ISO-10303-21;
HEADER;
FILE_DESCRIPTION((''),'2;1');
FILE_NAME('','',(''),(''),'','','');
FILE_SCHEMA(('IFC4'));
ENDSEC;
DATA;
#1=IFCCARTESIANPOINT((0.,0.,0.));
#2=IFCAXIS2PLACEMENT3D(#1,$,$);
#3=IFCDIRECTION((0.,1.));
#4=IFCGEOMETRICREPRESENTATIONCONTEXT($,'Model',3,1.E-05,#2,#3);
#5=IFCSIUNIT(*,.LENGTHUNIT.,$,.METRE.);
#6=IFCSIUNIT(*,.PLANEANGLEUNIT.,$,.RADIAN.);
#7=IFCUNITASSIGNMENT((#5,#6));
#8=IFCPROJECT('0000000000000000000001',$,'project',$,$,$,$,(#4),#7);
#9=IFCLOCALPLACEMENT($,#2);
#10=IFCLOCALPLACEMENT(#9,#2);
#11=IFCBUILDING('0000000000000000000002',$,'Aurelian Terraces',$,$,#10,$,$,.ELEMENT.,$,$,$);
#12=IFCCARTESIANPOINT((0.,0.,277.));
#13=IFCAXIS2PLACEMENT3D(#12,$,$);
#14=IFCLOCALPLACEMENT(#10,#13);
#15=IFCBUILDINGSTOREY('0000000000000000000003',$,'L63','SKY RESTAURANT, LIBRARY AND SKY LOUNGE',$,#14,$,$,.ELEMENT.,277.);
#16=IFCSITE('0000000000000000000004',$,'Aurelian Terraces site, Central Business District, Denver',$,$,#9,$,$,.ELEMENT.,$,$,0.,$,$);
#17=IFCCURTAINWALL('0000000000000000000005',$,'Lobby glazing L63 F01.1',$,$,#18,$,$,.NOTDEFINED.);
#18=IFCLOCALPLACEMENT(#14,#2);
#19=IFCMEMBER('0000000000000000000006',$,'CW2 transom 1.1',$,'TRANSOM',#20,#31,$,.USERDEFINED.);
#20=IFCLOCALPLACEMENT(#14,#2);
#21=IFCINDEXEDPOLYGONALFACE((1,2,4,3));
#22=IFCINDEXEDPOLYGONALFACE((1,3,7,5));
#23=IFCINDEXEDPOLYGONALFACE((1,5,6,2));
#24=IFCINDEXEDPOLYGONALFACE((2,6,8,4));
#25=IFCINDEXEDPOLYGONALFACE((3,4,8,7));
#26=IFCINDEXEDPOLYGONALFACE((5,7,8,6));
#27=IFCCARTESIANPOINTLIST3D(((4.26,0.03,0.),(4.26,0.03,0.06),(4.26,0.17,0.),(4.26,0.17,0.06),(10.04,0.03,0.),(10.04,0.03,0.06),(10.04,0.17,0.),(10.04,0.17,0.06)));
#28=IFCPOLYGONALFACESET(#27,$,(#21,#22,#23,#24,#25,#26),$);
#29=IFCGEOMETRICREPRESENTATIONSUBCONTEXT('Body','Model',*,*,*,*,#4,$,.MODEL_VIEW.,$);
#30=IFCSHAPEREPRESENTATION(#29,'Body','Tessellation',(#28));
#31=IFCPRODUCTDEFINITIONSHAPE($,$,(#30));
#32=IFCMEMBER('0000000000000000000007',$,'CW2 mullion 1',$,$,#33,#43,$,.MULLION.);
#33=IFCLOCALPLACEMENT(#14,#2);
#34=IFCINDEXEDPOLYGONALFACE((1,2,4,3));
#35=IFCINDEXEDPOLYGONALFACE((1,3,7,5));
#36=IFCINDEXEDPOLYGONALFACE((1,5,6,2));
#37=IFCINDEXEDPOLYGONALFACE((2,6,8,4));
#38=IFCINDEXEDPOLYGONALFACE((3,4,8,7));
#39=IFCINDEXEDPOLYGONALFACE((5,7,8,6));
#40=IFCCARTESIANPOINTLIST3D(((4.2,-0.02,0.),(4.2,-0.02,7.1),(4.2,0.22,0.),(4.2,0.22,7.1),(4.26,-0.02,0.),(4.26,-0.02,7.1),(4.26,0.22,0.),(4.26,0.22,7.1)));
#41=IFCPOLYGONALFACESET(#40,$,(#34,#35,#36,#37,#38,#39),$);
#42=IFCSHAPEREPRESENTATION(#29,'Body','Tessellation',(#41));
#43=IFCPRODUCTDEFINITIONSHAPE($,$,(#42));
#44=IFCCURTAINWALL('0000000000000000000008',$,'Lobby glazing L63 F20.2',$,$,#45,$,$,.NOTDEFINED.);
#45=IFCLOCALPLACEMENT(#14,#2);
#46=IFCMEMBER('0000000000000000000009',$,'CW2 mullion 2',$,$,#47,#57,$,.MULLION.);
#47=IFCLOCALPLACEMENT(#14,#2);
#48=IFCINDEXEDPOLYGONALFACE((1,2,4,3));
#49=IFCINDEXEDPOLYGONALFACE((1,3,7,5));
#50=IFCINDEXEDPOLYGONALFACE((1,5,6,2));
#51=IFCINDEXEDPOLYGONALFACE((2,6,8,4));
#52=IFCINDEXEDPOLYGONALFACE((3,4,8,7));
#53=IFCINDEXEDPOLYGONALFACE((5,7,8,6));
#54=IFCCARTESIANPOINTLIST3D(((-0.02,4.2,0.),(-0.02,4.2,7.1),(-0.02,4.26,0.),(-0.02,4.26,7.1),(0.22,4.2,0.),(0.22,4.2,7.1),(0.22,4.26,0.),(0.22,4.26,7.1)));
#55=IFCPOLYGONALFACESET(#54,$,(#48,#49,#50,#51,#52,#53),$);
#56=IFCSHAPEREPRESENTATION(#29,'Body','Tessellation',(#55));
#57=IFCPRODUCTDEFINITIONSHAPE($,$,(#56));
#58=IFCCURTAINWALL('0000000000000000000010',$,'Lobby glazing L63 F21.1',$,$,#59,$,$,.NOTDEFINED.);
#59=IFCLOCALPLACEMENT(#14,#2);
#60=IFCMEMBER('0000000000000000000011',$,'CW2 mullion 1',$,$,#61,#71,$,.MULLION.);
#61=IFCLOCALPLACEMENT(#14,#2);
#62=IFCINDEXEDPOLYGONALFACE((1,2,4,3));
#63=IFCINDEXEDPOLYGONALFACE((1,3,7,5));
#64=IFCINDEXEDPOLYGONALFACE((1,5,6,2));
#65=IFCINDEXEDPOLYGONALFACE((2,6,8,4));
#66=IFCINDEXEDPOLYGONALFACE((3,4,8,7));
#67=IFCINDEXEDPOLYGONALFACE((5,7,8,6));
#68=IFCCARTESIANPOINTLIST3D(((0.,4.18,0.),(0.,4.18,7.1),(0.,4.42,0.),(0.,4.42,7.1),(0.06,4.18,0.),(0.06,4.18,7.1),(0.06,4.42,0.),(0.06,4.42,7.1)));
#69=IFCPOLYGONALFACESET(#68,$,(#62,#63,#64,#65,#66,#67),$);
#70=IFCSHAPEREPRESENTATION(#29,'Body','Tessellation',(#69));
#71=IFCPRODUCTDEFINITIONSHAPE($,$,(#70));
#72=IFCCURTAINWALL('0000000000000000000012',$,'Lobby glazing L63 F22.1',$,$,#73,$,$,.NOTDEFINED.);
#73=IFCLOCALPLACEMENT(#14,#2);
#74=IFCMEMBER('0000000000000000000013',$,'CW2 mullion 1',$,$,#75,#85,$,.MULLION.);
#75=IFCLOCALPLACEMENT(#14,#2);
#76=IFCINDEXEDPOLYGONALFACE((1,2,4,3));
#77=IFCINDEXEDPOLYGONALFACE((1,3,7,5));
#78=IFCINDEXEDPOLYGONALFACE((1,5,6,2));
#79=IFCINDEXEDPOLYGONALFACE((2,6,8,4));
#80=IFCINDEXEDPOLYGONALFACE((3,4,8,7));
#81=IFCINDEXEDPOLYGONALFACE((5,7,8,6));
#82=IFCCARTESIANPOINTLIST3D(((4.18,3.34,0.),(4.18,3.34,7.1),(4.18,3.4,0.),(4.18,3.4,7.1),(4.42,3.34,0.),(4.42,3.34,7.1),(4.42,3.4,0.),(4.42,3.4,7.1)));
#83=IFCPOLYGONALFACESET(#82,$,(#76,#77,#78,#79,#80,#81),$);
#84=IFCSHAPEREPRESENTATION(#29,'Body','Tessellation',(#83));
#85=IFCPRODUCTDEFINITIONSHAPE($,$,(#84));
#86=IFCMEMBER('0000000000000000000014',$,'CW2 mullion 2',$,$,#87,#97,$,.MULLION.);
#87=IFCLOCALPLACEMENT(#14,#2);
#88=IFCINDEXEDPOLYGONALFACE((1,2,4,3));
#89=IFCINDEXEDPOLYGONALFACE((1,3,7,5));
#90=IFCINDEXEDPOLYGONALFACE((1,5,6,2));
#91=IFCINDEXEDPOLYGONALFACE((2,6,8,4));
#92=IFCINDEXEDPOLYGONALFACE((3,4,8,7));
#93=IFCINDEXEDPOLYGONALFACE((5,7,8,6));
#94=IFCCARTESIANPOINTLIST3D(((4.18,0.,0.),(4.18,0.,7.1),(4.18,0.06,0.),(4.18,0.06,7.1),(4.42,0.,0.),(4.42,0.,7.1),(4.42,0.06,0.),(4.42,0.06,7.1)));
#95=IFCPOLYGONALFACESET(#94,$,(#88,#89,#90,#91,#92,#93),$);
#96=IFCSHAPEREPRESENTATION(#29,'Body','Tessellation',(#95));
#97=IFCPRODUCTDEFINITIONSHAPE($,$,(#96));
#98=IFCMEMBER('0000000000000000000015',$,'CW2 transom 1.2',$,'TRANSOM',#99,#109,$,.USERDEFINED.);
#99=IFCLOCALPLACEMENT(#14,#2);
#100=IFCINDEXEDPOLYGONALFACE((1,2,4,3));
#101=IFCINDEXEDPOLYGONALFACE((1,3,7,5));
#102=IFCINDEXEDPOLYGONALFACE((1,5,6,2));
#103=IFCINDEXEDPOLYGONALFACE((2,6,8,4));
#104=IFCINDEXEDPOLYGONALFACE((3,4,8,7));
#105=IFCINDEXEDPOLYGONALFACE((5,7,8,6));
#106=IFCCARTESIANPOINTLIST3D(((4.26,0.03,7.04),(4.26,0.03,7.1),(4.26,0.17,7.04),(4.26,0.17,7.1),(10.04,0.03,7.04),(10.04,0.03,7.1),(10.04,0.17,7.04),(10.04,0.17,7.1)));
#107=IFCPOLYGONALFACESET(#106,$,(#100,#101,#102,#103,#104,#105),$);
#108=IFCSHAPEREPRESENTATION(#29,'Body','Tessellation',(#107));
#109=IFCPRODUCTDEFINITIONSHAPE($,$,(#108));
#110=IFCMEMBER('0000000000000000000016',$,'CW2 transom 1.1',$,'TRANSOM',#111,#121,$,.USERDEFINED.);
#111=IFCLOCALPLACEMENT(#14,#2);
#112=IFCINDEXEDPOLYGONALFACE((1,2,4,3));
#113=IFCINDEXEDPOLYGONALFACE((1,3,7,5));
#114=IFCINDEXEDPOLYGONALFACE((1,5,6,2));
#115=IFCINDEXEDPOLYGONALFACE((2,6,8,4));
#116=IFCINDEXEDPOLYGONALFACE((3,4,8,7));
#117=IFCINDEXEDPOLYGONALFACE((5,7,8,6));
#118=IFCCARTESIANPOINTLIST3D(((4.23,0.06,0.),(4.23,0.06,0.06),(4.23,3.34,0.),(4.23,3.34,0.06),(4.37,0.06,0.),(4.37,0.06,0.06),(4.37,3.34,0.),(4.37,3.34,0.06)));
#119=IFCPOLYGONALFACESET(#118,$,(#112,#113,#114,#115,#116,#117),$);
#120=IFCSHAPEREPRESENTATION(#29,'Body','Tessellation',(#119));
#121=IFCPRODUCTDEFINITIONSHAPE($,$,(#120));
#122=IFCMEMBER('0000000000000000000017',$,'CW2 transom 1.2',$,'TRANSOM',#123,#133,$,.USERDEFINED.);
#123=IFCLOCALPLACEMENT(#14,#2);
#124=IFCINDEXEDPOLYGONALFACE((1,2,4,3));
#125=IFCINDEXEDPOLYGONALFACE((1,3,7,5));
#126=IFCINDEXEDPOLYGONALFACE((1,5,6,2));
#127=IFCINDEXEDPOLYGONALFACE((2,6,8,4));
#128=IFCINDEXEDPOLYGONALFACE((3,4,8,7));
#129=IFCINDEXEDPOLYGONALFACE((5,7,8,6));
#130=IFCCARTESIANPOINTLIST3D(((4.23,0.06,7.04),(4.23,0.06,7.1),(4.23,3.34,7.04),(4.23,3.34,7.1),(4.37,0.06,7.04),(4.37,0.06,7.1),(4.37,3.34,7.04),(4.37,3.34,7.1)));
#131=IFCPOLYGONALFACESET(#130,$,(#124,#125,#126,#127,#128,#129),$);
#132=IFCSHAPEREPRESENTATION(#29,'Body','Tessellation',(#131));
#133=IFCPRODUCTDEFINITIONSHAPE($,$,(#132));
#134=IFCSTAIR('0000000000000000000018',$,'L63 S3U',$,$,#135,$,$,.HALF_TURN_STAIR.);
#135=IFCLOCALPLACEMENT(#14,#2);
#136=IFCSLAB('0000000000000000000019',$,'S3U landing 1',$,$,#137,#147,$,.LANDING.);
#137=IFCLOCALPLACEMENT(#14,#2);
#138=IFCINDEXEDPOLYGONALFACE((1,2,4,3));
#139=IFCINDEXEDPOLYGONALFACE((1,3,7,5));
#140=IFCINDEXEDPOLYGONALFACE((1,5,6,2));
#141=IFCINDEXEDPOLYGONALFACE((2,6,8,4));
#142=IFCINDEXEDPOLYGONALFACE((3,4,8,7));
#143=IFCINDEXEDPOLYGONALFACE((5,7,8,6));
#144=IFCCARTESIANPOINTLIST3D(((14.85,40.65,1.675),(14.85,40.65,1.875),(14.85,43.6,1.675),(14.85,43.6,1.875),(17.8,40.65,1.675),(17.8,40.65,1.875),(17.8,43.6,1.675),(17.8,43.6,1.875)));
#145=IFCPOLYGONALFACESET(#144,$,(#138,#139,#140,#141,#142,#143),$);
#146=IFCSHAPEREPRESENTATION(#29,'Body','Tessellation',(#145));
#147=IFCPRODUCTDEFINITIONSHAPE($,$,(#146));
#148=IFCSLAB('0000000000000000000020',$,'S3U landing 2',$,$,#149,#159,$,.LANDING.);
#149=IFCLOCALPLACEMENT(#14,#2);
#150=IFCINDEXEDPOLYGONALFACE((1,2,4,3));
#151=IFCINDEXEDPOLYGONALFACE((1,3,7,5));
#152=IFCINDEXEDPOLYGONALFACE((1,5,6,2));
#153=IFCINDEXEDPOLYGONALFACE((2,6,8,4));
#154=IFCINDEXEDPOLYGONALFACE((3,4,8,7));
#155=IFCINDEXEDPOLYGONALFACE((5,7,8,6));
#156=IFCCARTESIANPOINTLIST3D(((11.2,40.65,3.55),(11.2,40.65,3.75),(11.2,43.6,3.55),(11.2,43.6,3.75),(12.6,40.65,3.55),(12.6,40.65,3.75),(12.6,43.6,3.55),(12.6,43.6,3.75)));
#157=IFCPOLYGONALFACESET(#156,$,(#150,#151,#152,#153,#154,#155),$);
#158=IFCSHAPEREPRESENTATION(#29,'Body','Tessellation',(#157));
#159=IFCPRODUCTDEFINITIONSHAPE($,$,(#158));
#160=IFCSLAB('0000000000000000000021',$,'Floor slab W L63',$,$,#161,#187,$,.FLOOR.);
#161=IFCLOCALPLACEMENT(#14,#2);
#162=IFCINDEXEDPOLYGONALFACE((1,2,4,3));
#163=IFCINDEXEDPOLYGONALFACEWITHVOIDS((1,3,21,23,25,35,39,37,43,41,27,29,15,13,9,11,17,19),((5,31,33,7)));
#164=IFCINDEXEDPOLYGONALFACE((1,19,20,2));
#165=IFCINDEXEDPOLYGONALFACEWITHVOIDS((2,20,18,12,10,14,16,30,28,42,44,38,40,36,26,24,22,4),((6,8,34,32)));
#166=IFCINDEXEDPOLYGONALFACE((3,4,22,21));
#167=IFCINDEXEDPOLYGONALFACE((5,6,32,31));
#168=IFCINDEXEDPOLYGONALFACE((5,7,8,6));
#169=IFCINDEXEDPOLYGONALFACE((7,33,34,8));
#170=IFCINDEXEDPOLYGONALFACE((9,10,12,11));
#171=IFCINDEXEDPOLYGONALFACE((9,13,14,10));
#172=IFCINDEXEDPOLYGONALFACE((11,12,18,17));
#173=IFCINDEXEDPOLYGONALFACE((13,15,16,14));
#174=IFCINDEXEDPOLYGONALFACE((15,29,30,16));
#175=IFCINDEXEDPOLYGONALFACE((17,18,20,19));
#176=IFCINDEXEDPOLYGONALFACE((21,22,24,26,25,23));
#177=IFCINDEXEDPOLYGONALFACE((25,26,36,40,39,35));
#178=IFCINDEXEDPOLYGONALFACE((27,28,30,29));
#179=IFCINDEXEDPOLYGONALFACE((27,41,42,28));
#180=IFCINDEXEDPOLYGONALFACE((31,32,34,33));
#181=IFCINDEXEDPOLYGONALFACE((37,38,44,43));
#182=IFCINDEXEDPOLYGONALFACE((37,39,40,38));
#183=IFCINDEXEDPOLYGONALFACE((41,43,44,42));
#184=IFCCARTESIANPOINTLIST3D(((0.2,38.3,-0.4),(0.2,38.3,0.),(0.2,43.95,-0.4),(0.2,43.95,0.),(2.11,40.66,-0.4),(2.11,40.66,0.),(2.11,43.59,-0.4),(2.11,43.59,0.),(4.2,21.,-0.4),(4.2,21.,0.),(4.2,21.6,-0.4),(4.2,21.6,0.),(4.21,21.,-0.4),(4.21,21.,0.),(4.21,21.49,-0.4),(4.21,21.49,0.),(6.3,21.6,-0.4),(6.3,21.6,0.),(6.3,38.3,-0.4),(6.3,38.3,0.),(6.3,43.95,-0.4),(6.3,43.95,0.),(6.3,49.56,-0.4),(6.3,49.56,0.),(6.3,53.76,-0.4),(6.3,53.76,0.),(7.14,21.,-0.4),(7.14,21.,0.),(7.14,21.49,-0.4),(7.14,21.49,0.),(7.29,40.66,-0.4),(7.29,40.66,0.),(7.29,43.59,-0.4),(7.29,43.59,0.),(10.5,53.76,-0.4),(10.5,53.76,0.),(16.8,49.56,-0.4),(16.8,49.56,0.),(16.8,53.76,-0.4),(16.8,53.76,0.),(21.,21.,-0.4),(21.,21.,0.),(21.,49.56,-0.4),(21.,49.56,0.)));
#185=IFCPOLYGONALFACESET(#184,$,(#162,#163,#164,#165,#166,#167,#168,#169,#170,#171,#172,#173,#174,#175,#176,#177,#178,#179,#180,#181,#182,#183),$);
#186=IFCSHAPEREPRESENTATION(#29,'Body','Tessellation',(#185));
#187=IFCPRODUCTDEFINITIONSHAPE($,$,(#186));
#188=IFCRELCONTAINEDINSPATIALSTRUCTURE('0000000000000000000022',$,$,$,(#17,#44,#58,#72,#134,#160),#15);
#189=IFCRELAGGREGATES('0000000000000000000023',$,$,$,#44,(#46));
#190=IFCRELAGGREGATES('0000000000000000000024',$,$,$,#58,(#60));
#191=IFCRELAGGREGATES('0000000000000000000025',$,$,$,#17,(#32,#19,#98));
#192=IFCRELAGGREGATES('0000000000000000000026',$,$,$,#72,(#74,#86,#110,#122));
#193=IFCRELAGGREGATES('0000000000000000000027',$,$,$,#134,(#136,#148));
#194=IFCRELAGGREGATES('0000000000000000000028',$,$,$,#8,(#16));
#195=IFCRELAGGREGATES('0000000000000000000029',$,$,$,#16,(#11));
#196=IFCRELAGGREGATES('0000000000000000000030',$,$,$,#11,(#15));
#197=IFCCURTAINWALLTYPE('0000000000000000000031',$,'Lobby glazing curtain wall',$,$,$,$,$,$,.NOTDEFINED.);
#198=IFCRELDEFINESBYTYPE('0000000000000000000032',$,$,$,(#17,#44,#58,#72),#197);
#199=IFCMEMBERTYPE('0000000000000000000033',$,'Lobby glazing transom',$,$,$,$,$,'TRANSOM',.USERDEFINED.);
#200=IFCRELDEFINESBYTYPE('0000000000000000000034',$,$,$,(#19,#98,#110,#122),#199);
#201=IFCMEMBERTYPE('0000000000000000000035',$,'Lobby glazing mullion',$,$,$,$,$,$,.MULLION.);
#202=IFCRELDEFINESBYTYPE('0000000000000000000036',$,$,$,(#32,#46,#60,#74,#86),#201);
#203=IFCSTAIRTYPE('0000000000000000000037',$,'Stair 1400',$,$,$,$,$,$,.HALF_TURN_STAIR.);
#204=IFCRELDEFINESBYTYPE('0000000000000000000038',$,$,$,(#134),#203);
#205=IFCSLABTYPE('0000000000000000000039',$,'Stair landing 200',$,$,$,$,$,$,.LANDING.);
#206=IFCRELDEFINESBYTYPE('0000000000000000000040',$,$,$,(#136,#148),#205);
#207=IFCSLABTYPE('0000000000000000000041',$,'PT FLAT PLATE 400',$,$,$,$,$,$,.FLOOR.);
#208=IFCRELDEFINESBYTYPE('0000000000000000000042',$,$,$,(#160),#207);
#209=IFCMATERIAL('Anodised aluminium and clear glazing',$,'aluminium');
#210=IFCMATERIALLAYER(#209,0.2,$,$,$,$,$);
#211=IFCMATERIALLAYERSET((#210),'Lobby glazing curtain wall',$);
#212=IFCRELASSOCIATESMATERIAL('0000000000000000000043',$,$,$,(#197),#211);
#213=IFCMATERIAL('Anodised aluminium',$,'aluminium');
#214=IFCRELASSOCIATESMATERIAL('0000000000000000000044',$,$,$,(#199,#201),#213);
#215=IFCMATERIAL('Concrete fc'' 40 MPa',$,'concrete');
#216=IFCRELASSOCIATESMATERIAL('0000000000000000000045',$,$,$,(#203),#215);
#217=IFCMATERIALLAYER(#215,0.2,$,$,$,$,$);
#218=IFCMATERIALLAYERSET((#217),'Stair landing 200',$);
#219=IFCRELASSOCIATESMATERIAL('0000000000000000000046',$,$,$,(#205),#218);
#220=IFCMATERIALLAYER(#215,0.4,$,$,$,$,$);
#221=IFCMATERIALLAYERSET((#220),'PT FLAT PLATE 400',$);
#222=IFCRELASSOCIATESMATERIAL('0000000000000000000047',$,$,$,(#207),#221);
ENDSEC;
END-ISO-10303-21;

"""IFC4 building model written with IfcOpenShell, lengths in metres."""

from ifc_helpers import new_model, si_unit, direction, frame, origin, origin_2d, place, context, subcontext, project, spatial, polyline, rectangle, outline, extrude, source, transform, mapped, material, layer, layer_set, material_profile, profile_set, type_object, element, aggregate, save


model = new_model("IFC4")

# Units and contexts
model_context = context("Model", 3, precision=1e-05, world=origin(), true_north=direction((0.0, 1.0)))
body_context = subcontext(model_context, "Body", "Model", "MODEL_VIEW")
ifc_project = project(units=[si_unit("LENGTHUNIT", "METRE"), si_unit("PLANEANGLEUNIT", "RADIAN")], contexts=[model_context])

# Site, building, storey
site_placement = place(None, origin())
site = spatial("IfcSite", under=ifc_project, at=site_placement, Name="Aurelian Terraces site, Central Business District, Denver", CompositionType="ELEMENT", RefElevation=0.0)
building_placement = place(site_placement, origin())
building = spatial("IfcBuilding", under=site, at=building_placement, Name="Aurelian Terraces", CompositionType="ELEMENT")
storey_placement = place(building_placement, frame((0.0, 0.0, 277.0)))
storey = spatial("IfcBuildingStorey", under=building, at=storey_placement, Name="L63", Description="SKY RESTAURANT, LIBRARY AND SKY LOUNGE", CompositionType="ELEMENT", Elevation=277.0)

# Curtain wall, members
ifc_material_1 = material(Name="Anodised aluminium and clear glazing", Category="aluminium")
ifc_layer_1 = layer(ifc_material_1, 0.2)
ifc_layer_set_1 = layer_set([ifc_layer_1], Name="Lobby glazing curtain wall")
curtain_wall_type = type_object("IfcCurtainWallType", Name="Lobby glazing curtain wall", PredefinedType="NOTDEFINED", material=ifc_layer_set_1)
curtain_wall_1_placement = place(storey_placement, origin())
curtain_wall_1 = element("IfcCurtainWall", 1, at=curtain_wall_1_placement, inside=storey, type_object=curtain_wall_type, Name="Lobby glazing L63 F01.1", PredefinedType="NOTDEFINED")
ifc_material_2 = material(Name="Anodised aluminium", Category="aluminium")
ifc_material_profile_1 = material_profile(ifc_material_2, rectangle(XDim=0.14, YDim=0.06, at=origin_2d()))
ifc_profile_set_1 = profile_set([ifc_material_profile_1], Name="Anodised aluminium")
member_type_1 = type_object("IfcMemberType", Name="Lobby glazing transom", ElementType="TRANSOM", PredefinedType="USERDEFINED", material=ifc_profile_set_1)
member_1_placement = place(storey_placement, frame((4.26, 0.1, 0.03), z_axis=(1.0, 0.0, 0.0), x_axis=(0.0, 1.0, 0.0)))
member_1 = element("IfcMember", 2, at=member_1_placement, type_object=member_type_1, Name="CW2 transom 1.1", ObjectType="TRANSOM", PredefinedType="USERDEFINED", context=body_context, shape_type="SweptSolid", body=[
    extrude(rectangle(XDim=0.14, YDim=0.06, at=origin_2d()), origin(), (0.0, 0.0, 1.0), 5.78),
])
ifc_material_profile_2 = material_profile(ifc_material_2, rectangle(XDim=0.24, YDim=0.06, at=origin_2d()))
ifc_profile_set_2 = profile_set([ifc_material_profile_2], Name="Anodised aluminium")
member_type_2 = type_object("IfcMemberType", Name="Lobby glazing mullion", PredefinedType="MULLION", material=ifc_profile_set_2)
shared_shape_1 = source(origin(), body_context, "Body", "SweptSolid", [
    extrude(rectangle(XDim=0.24, YDim=0.06, at=origin_2d()), origin(), (0.0, 0.0, 1.0), 7.1),
])
member_2_placement = place(storey_placement, frame((4.23, 0.1, 0.0), z_axis=(0.0, 0.0, 1.0), x_axis=(0.0, 1.0, 0.0)))
member_2 = element("IfcMember", 3, at=member_2_placement, type_object=member_type_2, Name="CW2 mullion 1", PredefinedType="MULLION", context=body_context, shape_type="MappedRepresentation", body=[
    mapped(shared_shape_1, transform((0.0, 0.0, 0.0), scale=1.0)),
])

# Curtain walls, members
curtain_wall_2_placement = place(storey_placement, origin())
curtain_wall_2 = element("IfcCurtainWall", 4, at=curtain_wall_2_placement, inside=storey, type_object=curtain_wall_type, Name="Lobby glazing L63 F20.2", PredefinedType="NOTDEFINED")
member_3_placement = place(storey_placement, frame((0.1, 4.23, 0.0), z_axis=(0.0, 0.0, 1.0), x_axis=(1.0, 0.0, 0.0)))
member_3 = element("IfcMember", 5, at=member_3_placement, type_object=member_type_2, Name="CW2 mullion 2", PredefinedType="MULLION", context=body_context, shape_type="MappedRepresentation", body=[
    mapped(shared_shape_1, transform((0.0, 0.0, 0.0), scale=1.0)),
])
aggregate(curtain_wall_2, [member_3])
curtain_wall_3_placement = place(storey_placement, origin())
curtain_wall_3 = element("IfcCurtainWall", 6, at=curtain_wall_3_placement, inside=storey, type_object=curtain_wall_type, Name="Lobby glazing L63 F21.1", PredefinedType="NOTDEFINED")
member_4_placement = place(storey_placement, frame((0.03, 4.3, 0.0), z_axis=(0.0, 0.0, 1.0), x_axis=(0.0, 1.0, 0.0)))
member_4 = element("IfcMember", 7, at=member_4_placement, type_object=member_type_2, Name="CW2 mullion 1", PredefinedType="MULLION", context=body_context, shape_type="MappedRepresentation", body=[
    mapped(shared_shape_1, transform((0.0, 0.0, 0.0), scale=1.0)),
])
aggregate(curtain_wall_3, [member_4])

# Curtain wall, members
curtain_wall_4_placement = place(storey_placement, origin())
curtain_wall_4 = element("IfcCurtainWall", 8, at=curtain_wall_4_placement, inside=storey, type_object=curtain_wall_type, Name="Lobby glazing L63 F22.1", PredefinedType="NOTDEFINED")
member_5_placement = place(storey_placement, frame((4.3, 3.37, 0.0), z_axis=(0.0, 0.0, 1.0), x_axis=(1.0, 0.0, 0.0)))
member_5 = element("IfcMember", 9, at=member_5_placement, type_object=member_type_2, Name="CW2 mullion 1", PredefinedType="MULLION", context=body_context, shape_type="MappedRepresentation", body=[
    mapped(shared_shape_1, transform((0.0, 0.0, 0.0), scale=1.0)),
])
member_6_placement = place(storey_placement, frame((4.3, 0.03, 0.0), z_axis=(0.0, 0.0, 1.0), x_axis=(1.0, 0.0, 0.0)))
member_6 = element("IfcMember", 10, at=member_6_placement, type_object=member_type_2, Name="CW2 mullion 2", PredefinedType="MULLION", context=body_context, shape_type="MappedRepresentation", body=[
    mapped(shared_shape_1, transform((0.0, 0.0, 0.0), scale=1.0)),
])

# Members
shared_shape_2 = source(origin(), body_context, "Body", "SweptSolid", [
    extrude(rectangle(XDim=0.14, YDim=0.06, at=origin_2d()), origin(), (0.0, 0.0, 1.0), 5.78),
])
member_7_placement = place(storey_placement, frame((4.26, 0.1, 7.07), z_axis=(1.0, 0.0, 0.0), x_axis=(0.0, 1.0, 0.0)))
member_7 = element("IfcMember", 11, at=member_7_placement, type_object=member_type_1, Name="CW2 transom 1.2", ObjectType="TRANSOM", PredefinedType="USERDEFINED", context=body_context, shape_type="MappedRepresentation", body=[
    mapped(shared_shape_2, transform((0.0, 0.0, 0.0), scale=1.0)),
])
aggregate(curtain_wall_1, [member_2, member_1, member_7])
shared_shape_3 = source(origin(), body_context, "Body", "SweptSolid", [
    extrude(rectangle(XDim=0.14, YDim=0.06, at=origin_2d()), origin(), (0.0, 0.0, 1.0), 3.28),
])
member_8_placement = place(storey_placement, frame((4.3, 3.34, 0.03), z_axis=(0.0, -1.0, 0.0), x_axis=(1.0, 0.0, 0.0)))
member_8 = element("IfcMember", 12, at=member_8_placement, type_object=member_type_1, Name="CW2 transom 1.1", ObjectType="TRANSOM", PredefinedType="USERDEFINED", context=body_context, shape_type="MappedRepresentation", body=[
    mapped(shared_shape_3, transform((0.0, 0.0, 0.0), scale=1.0)),
])
member_9_placement = place(storey_placement, frame((4.3, 3.34, 7.07), z_axis=(0.0, -1.0, 0.0), x_axis=(1.0, 0.0, 0.0)))
member_9 = element("IfcMember", 13, at=member_9_placement, type_object=member_type_1, Name="CW2 transom 1.2", ObjectType="TRANSOM", PredefinedType="USERDEFINED", context=body_context, shape_type="MappedRepresentation", body=[
    mapped(shared_shape_3, transform((0.0, 0.0, 0.0), scale=1.0)),
])

# Stair, slabs
ifc_material_3 = material(Name="Concrete fc' 40 MPa", Category="concrete")
stair_type = type_object("IfcStairType", Name="Stair 1400", PredefinedType="HALF_TURN_STAIR", material=ifc_material_3)
stair_1_placement = place(storey_placement, origin())
stair_1 = element("IfcStair", 14, at=stair_1_placement, inside=storey, type_object=stair_type, Name="L63 S3U", PredefinedType="HALF_TURN_STAIR")
ifc_layer_2 = layer(ifc_material_3, 0.2)
ifc_layer_set_2 = layer_set([ifc_layer_2], Name="Stair landing 200")
slab_type_1 = type_object("IfcSlabType", Name="Stair landing 200", PredefinedType="LANDING", material=ifc_layer_set_2)
slab_1_placement = place(storey_placement, frame((0.0, 0.0, 1.675)))
slab_1 = element("IfcSlab", 15, at=slab_1_placement, type_object=slab_type_1, Name="S3U landing 1", PredefinedType="LANDING", context=body_context, shape_type="SweptSolid", body=[
    extrude(outline(polyline([(14.85, 40.65), (17.8, 40.65), (17.8, 43.6), (14.85, 43.6), (14.85, 40.65)])), origin(), (0.0, 0.0, 1.0), 0.2),
])
slab_2_placement = place(storey_placement, frame((0.0, 0.0, 3.55)))
slab_2 = element("IfcSlab", 16, at=slab_2_placement, type_object=slab_type_1, Name="S3U landing 2", PredefinedType="LANDING", context=body_context, shape_type="SweptSolid", body=[
    extrude(outline(polyline([(11.2, 40.65), (12.6, 40.65), (12.6, 43.6), (11.2, 43.6), (11.2, 40.65)])), origin(), (0.0, 0.0, 1.0), 0.2),
])

# Slab
ifc_layer_3 = layer(ifc_material_3, 0.4)
ifc_layer_set_3 = layer_set([ifc_layer_3], Name="PT FLAT PLATE 400")
slab_type_2 = type_object("IfcSlabType", Name="PT FLAT PLATE 400", PredefinedType="FLOOR", material=ifc_layer_set_3)
shared_shape_4 = source(origin(), body_context, "Body", "SweptSolid", [
    extrude(outline(polyline([(0.2, 43.95), (6.3, 43.95), (6.3, 49.56), (6.3, 53.76), (10.5, 53.76), (16.8, 53.76), (16.8, 49.56), (21.0, 49.56), (21.0, 21.0), (7.14, 21.0), (7.14, 21.49), (4.21, 21.49), (4.21, 21.0), (4.2, 21.0), (4.2, 21.6), (6.3, 21.6), (6.3, 38.3), (0.2, 38.3), (0.2, 43.95)]), holes=[polyline([(7.29, 43.59), (2.11, 43.59), (2.11, 40.66), (7.29, 40.66), (7.29, 43.59)])]), origin(), (0.0, 0.0, 1.0), 0.4),
])
slab_3_placement = place(storey_placement, frame((0.0, 0.0, -0.4)))
element("IfcSlab", 17, at=slab_3_placement, inside=storey, type_object=slab_type_2, Name="Floor slab W L63", PredefinedType="FLOOR", context=body_context, shape_type="MappedRepresentation", body=[
    mapped(shared_shape_4, transform((0.0, 0.0, 0.0), scale=1.0)),
])

aggregate(curtain_wall_4, [member_5, member_6, member_8, member_9])

aggregate(stair_1, [slab_1, slab_2])

save(model, "model.ifc")
